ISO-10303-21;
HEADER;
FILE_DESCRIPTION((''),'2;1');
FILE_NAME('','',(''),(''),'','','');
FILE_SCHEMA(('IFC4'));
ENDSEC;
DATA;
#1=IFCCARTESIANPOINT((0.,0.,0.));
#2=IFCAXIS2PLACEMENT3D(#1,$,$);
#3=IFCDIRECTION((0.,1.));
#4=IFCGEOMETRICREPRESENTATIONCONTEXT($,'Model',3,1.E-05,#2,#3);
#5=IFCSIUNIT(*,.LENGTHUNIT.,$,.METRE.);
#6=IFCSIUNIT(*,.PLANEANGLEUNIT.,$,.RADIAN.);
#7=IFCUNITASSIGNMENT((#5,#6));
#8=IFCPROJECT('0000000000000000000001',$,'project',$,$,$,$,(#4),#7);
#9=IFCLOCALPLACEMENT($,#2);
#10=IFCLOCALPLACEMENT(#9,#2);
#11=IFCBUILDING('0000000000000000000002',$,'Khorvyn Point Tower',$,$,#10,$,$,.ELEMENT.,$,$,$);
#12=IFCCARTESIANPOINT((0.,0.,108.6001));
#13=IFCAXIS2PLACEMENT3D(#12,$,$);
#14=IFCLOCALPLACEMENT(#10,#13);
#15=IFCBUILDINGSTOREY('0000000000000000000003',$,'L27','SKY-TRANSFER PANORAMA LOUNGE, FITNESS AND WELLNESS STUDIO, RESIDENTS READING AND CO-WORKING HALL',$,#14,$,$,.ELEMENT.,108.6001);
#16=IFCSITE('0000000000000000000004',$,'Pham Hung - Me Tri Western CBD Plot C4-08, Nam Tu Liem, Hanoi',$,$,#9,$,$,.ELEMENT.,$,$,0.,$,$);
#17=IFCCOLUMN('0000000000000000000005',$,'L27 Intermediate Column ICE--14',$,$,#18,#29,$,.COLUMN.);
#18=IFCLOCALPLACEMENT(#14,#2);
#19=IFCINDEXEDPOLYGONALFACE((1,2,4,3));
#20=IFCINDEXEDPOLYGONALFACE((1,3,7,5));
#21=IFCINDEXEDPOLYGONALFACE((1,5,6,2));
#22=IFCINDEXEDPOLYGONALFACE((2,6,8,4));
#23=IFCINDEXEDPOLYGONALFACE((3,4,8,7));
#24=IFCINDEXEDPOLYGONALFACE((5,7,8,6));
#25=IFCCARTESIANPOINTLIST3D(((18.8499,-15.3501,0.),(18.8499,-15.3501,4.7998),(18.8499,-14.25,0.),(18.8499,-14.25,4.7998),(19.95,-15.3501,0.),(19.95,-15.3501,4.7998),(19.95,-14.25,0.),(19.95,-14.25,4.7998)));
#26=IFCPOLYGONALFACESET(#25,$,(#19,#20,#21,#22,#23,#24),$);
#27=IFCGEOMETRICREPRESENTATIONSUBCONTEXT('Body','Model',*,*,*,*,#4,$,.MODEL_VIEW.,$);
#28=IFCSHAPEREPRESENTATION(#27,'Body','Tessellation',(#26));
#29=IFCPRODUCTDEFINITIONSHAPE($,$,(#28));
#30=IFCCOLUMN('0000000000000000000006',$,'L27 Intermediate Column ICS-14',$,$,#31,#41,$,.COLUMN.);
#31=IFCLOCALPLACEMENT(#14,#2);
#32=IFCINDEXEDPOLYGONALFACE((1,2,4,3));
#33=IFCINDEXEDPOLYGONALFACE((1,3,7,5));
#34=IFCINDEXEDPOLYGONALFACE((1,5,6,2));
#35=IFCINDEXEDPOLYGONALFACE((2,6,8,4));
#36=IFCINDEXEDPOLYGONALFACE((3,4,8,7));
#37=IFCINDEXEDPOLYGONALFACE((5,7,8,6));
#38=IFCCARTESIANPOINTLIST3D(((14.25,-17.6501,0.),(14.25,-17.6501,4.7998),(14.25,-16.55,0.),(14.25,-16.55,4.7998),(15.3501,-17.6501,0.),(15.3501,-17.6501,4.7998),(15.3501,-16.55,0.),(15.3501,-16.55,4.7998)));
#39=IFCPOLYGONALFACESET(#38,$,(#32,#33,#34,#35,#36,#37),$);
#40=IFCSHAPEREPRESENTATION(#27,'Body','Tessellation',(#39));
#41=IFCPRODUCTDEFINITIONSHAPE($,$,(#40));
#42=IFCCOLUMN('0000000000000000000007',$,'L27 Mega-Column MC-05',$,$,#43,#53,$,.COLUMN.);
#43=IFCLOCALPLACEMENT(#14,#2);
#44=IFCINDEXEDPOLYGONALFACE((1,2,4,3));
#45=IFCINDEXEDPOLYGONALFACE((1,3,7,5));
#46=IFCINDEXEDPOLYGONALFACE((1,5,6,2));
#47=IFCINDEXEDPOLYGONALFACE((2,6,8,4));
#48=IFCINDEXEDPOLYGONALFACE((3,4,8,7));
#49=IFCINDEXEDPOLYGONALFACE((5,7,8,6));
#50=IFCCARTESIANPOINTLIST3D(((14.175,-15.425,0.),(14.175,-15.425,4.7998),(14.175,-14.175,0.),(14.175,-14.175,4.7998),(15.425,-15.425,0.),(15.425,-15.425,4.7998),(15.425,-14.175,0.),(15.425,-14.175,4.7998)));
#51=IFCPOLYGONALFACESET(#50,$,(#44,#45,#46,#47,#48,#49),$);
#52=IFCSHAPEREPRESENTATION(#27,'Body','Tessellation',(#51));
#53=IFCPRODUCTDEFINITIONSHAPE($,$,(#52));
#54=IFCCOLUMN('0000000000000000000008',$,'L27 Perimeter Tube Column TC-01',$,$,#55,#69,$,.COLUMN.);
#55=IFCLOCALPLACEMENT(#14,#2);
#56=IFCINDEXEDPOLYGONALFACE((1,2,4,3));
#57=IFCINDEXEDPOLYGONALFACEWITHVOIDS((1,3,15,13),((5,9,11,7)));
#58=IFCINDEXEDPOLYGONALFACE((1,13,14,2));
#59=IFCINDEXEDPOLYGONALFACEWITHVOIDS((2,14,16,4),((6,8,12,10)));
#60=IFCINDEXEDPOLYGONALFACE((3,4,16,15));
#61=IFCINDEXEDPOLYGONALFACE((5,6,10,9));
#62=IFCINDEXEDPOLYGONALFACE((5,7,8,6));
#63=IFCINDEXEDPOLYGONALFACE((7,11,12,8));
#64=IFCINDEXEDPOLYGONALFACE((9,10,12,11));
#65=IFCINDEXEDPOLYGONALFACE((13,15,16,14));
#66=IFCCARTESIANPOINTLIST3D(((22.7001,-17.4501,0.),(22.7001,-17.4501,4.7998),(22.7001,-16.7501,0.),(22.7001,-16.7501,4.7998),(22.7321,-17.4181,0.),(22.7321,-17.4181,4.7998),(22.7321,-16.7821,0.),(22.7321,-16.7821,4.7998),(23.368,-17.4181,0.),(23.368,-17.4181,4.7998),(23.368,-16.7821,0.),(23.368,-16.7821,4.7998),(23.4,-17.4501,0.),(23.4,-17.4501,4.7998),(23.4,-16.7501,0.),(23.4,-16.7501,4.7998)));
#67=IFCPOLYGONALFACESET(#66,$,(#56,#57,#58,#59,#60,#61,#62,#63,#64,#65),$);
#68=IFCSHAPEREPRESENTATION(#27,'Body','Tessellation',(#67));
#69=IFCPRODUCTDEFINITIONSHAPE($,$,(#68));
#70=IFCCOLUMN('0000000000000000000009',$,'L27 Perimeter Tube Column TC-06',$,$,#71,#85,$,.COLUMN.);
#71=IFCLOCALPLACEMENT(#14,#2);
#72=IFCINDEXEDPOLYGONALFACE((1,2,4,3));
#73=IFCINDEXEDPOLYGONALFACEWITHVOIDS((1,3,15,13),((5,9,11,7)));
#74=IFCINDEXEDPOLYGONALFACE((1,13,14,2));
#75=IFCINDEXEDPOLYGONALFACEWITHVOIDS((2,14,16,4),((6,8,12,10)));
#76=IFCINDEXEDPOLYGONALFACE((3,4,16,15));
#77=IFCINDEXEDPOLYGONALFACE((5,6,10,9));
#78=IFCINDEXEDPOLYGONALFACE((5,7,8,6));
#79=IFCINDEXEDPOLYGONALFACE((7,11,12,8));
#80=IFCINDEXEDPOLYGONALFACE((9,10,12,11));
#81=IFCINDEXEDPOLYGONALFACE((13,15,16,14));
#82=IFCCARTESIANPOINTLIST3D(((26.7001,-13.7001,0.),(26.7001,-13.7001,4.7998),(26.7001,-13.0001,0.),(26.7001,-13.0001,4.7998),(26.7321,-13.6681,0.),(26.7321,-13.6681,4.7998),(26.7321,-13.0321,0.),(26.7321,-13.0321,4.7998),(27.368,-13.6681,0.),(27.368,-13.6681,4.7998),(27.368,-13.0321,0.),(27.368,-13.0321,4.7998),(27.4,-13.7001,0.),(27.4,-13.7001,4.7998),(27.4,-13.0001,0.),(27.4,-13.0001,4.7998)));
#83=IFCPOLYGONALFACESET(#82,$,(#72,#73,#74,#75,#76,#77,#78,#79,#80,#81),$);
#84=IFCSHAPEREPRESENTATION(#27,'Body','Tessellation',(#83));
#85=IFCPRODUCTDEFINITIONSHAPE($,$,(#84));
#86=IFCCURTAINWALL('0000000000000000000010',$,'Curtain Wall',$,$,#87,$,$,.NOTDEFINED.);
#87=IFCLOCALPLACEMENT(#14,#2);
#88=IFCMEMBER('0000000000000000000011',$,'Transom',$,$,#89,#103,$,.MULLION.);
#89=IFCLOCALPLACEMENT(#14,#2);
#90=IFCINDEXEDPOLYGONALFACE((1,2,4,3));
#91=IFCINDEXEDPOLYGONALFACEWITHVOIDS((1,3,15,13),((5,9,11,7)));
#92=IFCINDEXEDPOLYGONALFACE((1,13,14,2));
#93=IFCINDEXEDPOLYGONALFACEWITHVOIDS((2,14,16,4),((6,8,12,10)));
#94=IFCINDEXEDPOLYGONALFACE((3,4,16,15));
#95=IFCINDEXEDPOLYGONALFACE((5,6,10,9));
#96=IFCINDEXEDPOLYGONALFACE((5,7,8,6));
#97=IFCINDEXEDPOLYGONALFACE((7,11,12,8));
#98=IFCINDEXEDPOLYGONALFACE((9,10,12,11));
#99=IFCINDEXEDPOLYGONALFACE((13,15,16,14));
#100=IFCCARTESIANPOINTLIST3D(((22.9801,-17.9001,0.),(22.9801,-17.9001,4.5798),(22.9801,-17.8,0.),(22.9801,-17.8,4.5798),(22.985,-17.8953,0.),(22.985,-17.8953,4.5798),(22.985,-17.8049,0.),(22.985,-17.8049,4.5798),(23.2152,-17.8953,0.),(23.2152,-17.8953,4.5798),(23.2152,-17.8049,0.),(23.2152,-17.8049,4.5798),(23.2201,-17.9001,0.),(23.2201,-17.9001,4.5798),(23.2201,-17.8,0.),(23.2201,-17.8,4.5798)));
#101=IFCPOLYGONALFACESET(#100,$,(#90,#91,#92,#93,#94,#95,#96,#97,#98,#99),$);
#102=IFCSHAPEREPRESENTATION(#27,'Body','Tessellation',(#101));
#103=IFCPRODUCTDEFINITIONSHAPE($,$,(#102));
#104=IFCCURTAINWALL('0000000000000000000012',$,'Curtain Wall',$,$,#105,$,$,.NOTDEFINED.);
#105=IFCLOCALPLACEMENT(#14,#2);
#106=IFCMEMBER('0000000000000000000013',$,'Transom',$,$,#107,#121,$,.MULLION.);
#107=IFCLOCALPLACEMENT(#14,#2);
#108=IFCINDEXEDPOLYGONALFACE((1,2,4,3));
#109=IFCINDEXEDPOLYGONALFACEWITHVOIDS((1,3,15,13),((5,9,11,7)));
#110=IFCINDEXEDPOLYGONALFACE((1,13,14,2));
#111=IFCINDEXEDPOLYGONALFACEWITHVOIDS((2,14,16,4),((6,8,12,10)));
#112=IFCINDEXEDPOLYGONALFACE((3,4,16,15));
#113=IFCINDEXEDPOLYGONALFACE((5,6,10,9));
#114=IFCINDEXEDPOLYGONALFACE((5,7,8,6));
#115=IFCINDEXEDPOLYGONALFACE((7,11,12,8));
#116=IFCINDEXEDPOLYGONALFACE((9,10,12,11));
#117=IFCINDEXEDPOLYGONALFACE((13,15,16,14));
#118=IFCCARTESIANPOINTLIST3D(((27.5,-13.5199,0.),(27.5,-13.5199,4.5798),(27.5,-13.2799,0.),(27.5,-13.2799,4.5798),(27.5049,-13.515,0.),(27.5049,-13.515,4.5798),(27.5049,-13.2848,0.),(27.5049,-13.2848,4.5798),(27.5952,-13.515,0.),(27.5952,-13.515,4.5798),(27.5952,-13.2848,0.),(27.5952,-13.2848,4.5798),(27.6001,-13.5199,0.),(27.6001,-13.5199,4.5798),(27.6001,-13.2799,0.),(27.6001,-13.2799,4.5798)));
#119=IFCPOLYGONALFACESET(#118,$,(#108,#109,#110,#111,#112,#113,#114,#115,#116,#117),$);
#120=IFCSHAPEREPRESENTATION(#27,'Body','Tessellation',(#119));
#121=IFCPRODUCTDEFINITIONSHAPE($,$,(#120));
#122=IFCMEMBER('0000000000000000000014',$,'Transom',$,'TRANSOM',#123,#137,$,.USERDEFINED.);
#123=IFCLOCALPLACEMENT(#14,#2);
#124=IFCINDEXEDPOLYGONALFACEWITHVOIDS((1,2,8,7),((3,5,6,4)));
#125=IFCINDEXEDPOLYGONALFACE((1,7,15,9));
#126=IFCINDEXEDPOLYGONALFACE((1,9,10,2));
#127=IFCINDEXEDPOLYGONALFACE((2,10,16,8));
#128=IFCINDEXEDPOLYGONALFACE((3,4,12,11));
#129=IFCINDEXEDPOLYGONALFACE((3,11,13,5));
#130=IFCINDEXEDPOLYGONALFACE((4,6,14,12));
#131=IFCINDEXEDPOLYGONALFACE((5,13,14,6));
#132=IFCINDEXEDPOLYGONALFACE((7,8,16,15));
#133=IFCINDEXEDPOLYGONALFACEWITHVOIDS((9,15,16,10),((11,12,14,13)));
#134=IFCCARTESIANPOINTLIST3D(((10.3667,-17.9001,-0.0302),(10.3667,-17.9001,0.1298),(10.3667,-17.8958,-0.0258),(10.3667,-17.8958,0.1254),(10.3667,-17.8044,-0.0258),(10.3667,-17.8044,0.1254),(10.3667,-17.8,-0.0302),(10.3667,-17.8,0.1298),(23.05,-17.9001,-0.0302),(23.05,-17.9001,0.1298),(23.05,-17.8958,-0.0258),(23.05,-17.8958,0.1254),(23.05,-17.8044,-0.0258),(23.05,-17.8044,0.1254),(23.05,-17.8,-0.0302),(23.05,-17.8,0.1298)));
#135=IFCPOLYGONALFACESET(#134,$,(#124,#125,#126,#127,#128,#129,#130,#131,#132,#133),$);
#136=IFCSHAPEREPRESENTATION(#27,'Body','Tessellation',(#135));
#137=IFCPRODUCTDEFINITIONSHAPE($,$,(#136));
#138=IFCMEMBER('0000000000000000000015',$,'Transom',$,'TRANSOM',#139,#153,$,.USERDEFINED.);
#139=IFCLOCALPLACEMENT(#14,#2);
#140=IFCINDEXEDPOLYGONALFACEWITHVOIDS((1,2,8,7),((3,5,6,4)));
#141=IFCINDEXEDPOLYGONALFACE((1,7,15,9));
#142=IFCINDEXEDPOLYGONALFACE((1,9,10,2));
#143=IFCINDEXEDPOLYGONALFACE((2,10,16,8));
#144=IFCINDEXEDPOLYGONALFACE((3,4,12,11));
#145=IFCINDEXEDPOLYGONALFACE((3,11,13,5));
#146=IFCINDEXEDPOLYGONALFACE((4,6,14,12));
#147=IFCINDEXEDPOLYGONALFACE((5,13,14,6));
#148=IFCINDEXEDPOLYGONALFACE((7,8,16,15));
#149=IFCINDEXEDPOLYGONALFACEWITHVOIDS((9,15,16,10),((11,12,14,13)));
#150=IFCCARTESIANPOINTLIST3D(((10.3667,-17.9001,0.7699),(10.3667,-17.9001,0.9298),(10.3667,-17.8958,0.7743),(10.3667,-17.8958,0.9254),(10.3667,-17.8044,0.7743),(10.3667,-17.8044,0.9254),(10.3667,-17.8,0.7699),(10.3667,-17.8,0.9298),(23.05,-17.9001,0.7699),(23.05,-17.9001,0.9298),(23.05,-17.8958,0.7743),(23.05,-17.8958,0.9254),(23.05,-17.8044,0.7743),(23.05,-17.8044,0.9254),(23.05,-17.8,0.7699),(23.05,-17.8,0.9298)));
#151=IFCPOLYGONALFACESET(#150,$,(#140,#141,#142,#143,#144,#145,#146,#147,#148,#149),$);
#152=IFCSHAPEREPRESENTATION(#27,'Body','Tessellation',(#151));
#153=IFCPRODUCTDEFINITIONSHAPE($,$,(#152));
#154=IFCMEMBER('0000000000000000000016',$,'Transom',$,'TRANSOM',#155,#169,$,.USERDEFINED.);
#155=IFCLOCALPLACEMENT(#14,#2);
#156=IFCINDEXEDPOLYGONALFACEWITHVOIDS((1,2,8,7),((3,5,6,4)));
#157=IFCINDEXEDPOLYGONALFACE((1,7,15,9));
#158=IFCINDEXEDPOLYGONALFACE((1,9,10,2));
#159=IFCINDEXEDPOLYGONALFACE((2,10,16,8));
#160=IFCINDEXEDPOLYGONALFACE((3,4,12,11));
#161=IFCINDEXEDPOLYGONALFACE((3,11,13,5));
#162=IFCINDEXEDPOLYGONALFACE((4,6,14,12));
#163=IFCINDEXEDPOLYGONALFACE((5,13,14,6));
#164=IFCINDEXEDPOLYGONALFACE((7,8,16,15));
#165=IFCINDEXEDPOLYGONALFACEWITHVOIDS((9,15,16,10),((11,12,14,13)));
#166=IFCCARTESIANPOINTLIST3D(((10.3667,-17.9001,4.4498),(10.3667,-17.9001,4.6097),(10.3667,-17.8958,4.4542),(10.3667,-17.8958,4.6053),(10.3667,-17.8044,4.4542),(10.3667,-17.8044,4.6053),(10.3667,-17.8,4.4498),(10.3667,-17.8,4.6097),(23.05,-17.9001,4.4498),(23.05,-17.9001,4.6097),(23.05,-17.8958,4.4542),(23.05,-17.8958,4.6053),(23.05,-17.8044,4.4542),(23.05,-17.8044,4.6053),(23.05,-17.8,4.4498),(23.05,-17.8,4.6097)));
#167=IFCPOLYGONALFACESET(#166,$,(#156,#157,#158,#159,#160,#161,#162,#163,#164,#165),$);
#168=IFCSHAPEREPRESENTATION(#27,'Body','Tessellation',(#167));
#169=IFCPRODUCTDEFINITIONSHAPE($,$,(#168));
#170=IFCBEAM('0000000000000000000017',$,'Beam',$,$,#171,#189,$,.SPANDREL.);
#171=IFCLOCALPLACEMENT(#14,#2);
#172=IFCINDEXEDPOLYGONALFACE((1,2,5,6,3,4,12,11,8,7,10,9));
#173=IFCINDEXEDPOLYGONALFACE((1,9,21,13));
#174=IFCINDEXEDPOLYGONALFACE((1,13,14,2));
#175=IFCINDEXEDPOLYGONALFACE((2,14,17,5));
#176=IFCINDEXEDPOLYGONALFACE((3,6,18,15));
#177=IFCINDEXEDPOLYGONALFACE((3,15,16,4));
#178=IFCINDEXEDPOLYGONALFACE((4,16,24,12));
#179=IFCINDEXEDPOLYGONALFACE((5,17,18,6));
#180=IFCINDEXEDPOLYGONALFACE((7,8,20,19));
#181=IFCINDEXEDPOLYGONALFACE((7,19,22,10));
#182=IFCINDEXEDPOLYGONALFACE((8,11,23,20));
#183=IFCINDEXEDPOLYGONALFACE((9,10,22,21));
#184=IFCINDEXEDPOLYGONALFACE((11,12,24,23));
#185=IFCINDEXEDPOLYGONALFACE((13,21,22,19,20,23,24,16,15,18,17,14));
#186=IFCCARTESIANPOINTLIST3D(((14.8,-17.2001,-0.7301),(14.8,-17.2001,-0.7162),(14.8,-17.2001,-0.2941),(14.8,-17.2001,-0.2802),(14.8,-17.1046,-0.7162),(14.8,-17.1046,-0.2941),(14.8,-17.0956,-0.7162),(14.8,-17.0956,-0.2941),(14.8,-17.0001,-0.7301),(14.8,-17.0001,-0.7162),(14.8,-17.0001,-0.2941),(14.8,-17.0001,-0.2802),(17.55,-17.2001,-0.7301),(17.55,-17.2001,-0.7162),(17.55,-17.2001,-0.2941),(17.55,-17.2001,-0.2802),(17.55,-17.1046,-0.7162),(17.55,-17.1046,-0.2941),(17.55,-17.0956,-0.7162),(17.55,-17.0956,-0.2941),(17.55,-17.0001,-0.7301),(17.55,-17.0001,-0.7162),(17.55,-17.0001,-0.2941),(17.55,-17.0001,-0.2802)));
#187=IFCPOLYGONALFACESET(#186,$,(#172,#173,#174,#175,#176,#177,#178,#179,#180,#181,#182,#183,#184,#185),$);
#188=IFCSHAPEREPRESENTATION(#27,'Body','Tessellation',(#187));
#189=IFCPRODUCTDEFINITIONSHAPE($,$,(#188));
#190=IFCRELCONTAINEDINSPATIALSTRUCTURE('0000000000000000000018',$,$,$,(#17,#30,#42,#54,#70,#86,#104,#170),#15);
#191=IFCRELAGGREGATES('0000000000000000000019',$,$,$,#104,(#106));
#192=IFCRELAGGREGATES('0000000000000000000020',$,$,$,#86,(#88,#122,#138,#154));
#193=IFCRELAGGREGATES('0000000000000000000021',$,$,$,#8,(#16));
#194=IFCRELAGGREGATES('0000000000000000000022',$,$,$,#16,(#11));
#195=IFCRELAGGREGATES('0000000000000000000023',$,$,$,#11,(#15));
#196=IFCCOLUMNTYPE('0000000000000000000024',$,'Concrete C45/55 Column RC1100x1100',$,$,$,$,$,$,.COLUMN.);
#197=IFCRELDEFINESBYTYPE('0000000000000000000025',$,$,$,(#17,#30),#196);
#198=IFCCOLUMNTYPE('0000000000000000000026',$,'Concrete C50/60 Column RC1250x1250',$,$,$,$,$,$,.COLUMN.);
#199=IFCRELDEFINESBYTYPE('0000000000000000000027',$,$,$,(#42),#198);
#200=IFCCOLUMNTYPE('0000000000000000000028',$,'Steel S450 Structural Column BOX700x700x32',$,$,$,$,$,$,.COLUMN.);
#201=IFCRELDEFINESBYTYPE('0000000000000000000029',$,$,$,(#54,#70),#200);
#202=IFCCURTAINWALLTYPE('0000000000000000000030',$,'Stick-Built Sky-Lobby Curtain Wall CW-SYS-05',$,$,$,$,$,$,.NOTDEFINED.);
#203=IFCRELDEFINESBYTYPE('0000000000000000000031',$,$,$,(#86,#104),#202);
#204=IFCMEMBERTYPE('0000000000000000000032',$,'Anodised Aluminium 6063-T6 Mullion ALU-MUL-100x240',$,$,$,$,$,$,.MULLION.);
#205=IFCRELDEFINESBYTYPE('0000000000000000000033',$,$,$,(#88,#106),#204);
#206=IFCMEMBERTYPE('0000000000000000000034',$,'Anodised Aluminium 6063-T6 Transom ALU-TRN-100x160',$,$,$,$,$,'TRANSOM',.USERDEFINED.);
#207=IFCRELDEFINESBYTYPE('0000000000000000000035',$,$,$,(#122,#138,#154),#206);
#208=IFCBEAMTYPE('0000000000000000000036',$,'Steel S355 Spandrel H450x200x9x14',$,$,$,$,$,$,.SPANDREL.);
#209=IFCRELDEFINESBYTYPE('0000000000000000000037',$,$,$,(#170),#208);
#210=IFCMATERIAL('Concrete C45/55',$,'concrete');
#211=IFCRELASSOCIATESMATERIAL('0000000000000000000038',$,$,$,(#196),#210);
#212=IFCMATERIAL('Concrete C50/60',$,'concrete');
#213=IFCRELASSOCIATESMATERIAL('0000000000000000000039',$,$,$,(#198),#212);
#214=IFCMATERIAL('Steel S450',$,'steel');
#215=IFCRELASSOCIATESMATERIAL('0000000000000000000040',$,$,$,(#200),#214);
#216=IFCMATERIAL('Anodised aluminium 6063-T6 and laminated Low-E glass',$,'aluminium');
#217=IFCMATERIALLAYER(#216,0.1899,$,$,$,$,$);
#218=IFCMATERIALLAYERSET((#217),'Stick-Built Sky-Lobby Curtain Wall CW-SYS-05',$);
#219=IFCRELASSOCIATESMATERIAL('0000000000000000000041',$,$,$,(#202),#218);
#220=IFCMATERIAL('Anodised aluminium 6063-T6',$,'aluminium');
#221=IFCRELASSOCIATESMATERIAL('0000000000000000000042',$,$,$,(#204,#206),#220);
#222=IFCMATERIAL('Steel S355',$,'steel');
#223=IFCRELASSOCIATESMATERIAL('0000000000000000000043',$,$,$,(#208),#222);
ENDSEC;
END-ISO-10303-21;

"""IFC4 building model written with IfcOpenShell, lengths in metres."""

from ifc_helpers import new_model, si_unit, direction, frame, origin, origin_2d, place, context, subcontext, project, spatial, rectangle, hollow_rectangle, i_section, extrude, material, layer, layer_set, material_profile, profile_set, type_object, element, aggregate, save


model = new_model("IFC4")

# Units and contexts
model_context = context("Model", 3, precision=1e-05, world=origin(), true_north=direction((0.0, 1.0)))
body_context = subcontext(model_context, "Body", "Model", "MODEL_VIEW")
ifc_project = project(units=[si_unit("LENGTHUNIT", "METRE"), si_unit("PLANEANGLEUNIT", "RADIAN")], contexts=[model_context])

# Site, building, storey
site_placement = place(None, origin())
site = spatial("IfcSite", under=ifc_project, at=site_placement, Name="Pham Hung - Me Tri Western CBD Plot C4-08, Nam Tu Liem, Hanoi", CompositionType="ELEMENT", RefElevation=0.0)
building_placement = place(site_placement, origin())
building = spatial("IfcBuilding", under=site, at=building_placement, Name="Khorvyn Point Tower", CompositionType="ELEMENT")
storey_placement = place(building_placement, frame((0.0, 0.0, 108.6001)))
storey = spatial("IfcBuildingStorey", under=building, at=storey_placement, Name="L27", Description="SKY-TRANSFER PANORAMA LOUNGE, FITNESS AND WELLNESS STUDIO, RESIDENTS READING AND CO-WORKING HALL", CompositionType="ELEMENT", Elevation=108.6001)

# Columns
ifc_material_1 = material(Name="Concrete C45/55", Category="concrete")
ifc_material_profile_1 = material_profile(ifc_material_1, rectangle(XDim=1.1001, YDim=1.1001, at=origin_2d()))
ifc_profile_set_1 = profile_set([ifc_material_profile_1], Name="Concrete C45/55 RC1100x1100")
column_type_1 = type_object("IfcColumnType", Name="Concrete C45/55 Column RC1100x1100", PredefinedType="COLUMN", material=ifc_profile_set_1)
for number, where, z_axis, x_axis, name in (
    (1, (19.3999, -14.8, 0.0), (0.0, 0.0, 1.0), (1.0, 0.0, 0.0), "L27 Intermediate Column ICE--14"),
    (2, (14.8, -17.1001, 0.0), (0.0, 0.0, 1.0), (1.0, 0.0, 0.0), "L27 Intermediate Column ICS-14"),
):
    element("IfcColumn", number, at=place(storey_placement, frame(where, z_axis=z_axis, x_axis=x_axis)), inside=storey, type_object=column_type_1, Name=name, PredefinedType="COLUMN", context=body_context, shape_type="SweptSolid", body=[
        extrude(rectangle(XDim=1.1001, YDim=1.1001, at=origin_2d()), origin(), (0.0, 0.0, 1.0), 4.7998),
    ])
ifc_material_2 = material(Name="Concrete C50/60", Category="concrete")
ifc_material_profile_2 = material_profile(ifc_material_2, rectangle(XDim=1.25, YDim=1.25, at=origin_2d()))
ifc_profile_set_2 = profile_set([ifc_material_profile_2], Name="Concrete C50/60 RC1250x1250")
column_type_2 = type_object("IfcColumnType", Name="Concrete C50/60 Column RC1250x1250", PredefinedType="COLUMN", material=ifc_profile_set_2)
column_placement = place(storey_placement, frame((14.8, -14.8, 0.0), z_axis=(0.0, 0.0, 1.0), x_axis=(1.0, 0.0, 0.0)))
element("IfcColumn", 3, at=column_placement, inside=storey, type_object=column_type_2, Name="L27 Mega-Column MC-05", PredefinedType="COLUMN", context=body_context, shape_type="SweptSolid", body=[
    extrude(rectangle(XDim=1.25, YDim=1.25, at=origin_2d()), origin(), (0.0, 0.0, 1.0), 4.7998),
])
ifc_material_3 = material(Name="Steel S450", Category="steel")
ifc_material_profile_3 = material_profile(ifc_material_3, hollow_rectangle(XDim=0.7, YDim=0.7, WallThickness=0.032, at=origin_2d()))
ifc_profile_set_3 = profile_set([ifc_material_profile_3], Name="Steel S450 BOX700x700x32")
column_type_3 = type_object("IfcColumnType", Name="Steel S450 Structural Column BOX700x700x32", PredefinedType="COLUMN", material=ifc_profile_set_3)
for number, where, z_axis, x_axis, name in (
    (4, (23.05, -17.1001, 0.0), (0.0, 0.0, 1.0), (1.0, 0.0, 0.0), "L27 Perimeter Tube Column TC-01"),
    (5, (27.05, -13.3501, 0.0), (0.0, 0.0, 1.0), (1.0, 0.0, 0.0), "L27 Perimeter Tube Column TC-06"),
):
    element("IfcColumn", number, at=place(storey_placement, frame(where, z_axis=z_axis, x_axis=x_axis)), inside=storey, type_object=column_type_3, Name=name, PredefinedType="COLUMN", context=body_context, shape_type="SweptSolid", body=[
        extrude(hollow_rectangle(XDim=0.7, YDim=0.7, WallThickness=0.032, at=origin_2d()), origin(), (0.0, 0.0, 1.0), 4.7998),
    ])

# Curtain walls, members
ifc_material_4 = material(Name="Anodised aluminium 6063-T6 and laminated Low-E glass", Category="aluminium")
ifc_layer_1 = layer(ifc_material_4, 0.1899)
ifc_layer_set_1 = layer_set([ifc_layer_1], Name="Stick-Built Sky-Lobby Curtain Wall CW-SYS-05")
curtain_wall_type = type_object("IfcCurtainWallType", Name="Stick-Built Sky-Lobby Curtain Wall CW-SYS-05", PredefinedType="NOTDEFINED", material=ifc_layer_set_1)
curtain_wall_1_placement = place(storey_placement, origin())
curtain_wall_1 = element("IfcCurtainWall", 6, at=curtain_wall_1_placement, inside=storey, type_object=curtain_wall_type, Name="Curtain Wall", PredefinedType="NOTDEFINED")
ifc_material_5 = material(Name="Anodised aluminium 6063-T6", Category="aluminium")
ifc_material_profile_4 = material_profile(ifc_material_5, hollow_rectangle(XDim=0.1001, YDim=0.24, WallThickness=0.0049, at=origin_2d()))
ifc_profile_set_4 = profile_set([ifc_material_profile_4], Name="Anodised aluminium 6063-T6 ALU-MUL-100x240")
member_type_1 = type_object("IfcMemberType", Name="Anodised Aluminium 6063-T6 Mullion ALU-MUL-100x240", PredefinedType="MULLION", material=ifc_profile_set_4)
member_1_placement = place(storey_placement, frame((23.1001, -17.8501, 0.0), z_axis=(0.0, 0.0, 1.0), x_axis=(0.0, -1.0, 0.0)))
member_1 = element("IfcMember", 7, at=member_1_placement, type_object=member_type_1, Name="Transom", PredefinedType="MULLION", context=body_context, shape_type="SweptSolid", body=[
    extrude(hollow_rectangle(XDim=0.1001, YDim=0.24, WallThickness=0.0049, at=origin_2d()), origin(), (0.0, 0.0, 1.0), 4.5798),
])
curtain_wall_2_placement = place(storey_placement, origin())
curtain_wall_2 = element("IfcCurtainWall", 8, at=curtain_wall_2_placement, inside=storey, type_object=curtain_wall_type, Name="Curtain Wall", PredefinedType="NOTDEFINED")
member_2_placement = place(storey_placement, frame((27.55, -13.3999, 0.0), z_axis=(0.0, 0.0, 1.0), x_axis=(1.0, 0.0, 0.0)))
member_2 = element("IfcMember", 9, at=member_2_placement, type_object=member_type_1, Name="Transom", PredefinedType="MULLION", context=body_context, shape_type="SweptSolid", body=[
    extrude(hollow_rectangle(XDim=0.1001, YDim=0.24, WallThickness=0.0049, at=origin_2d()), origin(), (0.0, 0.0, 1.0), 4.5798),
])
aggregate(curtain_wall_2, [member_2])

# Members
ifc_material_profile_5 = material_profile(ifc_material_5, hollow_rectangle(XDim=0.1001, YDim=0.1599, WallThickness=0.0044, at=origin_2d()))
ifc_profile_set_5 = profile_set([ifc_material_profile_5], Name="Anodised aluminium 6063-T6 ALU-TRN-100x160")
member_type_2 = type_object("IfcMemberType", Name="Anodised Aluminium 6063-T6 Transom ALU-TRN-100x160", ElementType="TRANSOM", PredefinedType="USERDEFINED", material=ifc_profile_set_5)
member_3_placement = place(storey_placement, frame((23.05, -17.8501, 0.0498), z_axis=(-1.0, 0.0, 0.0), x_axis=(0.0, -1.0, 0.0)))
member_3 = element("IfcMember", 10, at=member_3_placement, type_object=member_type_2, Name="Transom", ObjectType="TRANSOM", PredefinedType="USERDEFINED", context=body_context, shape_type="SweptSolid", body=[
    extrude(hollow_rectangle(XDim=0.1001, YDim=0.1599, WallThickness=0.0044, at=origin_2d()), origin(), (0.0, 0.0, 1.0), 12.6833),
])
member_4_placement = place(storey_placement, frame((23.05, -17.8501, 0.8499), z_axis=(-1.0, 0.0, 0.0), x_axis=(0.0, -1.0, 0.0)))
member_4 = element("IfcMember", 11, at=member_4_placement, type_object=member_type_2, Name="Transom", ObjectType="TRANSOM", PredefinedType="USERDEFINED", context=body_context, shape_type="SweptSolid", body=[
    extrude(hollow_rectangle(XDim=0.1001, YDim=0.1599, WallThickness=0.0044, at=origin_2d()), origin(), (0.0, 0.0, 1.0), 12.6833),
])
member_5_placement = place(storey_placement, frame((23.05, -17.8501, 4.5298), z_axis=(-1.0, 0.0, 0.0), x_axis=(0.0, -1.0, 0.0)))
member_5 = element("IfcMember", 12, at=member_5_placement, type_object=member_type_2, Name="Transom", ObjectType="TRANSOM", PredefinedType="USERDEFINED", context=body_context, shape_type="SweptSolid", body=[
    extrude(hollow_rectangle(XDim=0.1001, YDim=0.1599, WallThickness=0.0044, at=origin_2d()), origin(), (0.0, 0.0, 1.0), 12.6833),
])

# Beam
ifc_material_6 = material(Name="Steel S355", Category="steel")
ifc_material_profile_6 = material_profile(ifc_material_6, i_section(OverallWidth=0.2, OverallDepth=0.45, WebThickness=0.009, FlangeThickness=0.0139, at=origin_2d()))
ifc_profile_set_6 = profile_set([ifc_material_profile_6], Name="Steel S355 H450x200x9x14")
beam_type_1 = type_object("IfcBeamType", Name="Steel S355 Spandrel H450x200x9x14", PredefinedType="SPANDREL", material=ifc_profile_set_6)
beam_1_placement = place(storey_placement, frame((14.8, -17.1001, -0.5051), z_axis=(1.0, 0.0, 0.0), x_axis=(0.0, 1.0, 0.0)))
element("IfcBeam", 13, at=beam_1_placement, inside=storey, type_object=beam_type_1, Name="Beam", PredefinedType="SPANDREL", context=body_context, shape_type="SweptSolid", body=[
    extrude(i_section(OverallWidth=0.2, OverallDepth=0.45, WebThickness=0.009, FlangeThickness=0.0139, at=origin_2d()), origin(), (0.0, 0.0, 1.0), 2.75),
])

aggregate(curtain_wall_1, [member_1, member_3, member_4, member_5])

save(model, "model.ifc")
